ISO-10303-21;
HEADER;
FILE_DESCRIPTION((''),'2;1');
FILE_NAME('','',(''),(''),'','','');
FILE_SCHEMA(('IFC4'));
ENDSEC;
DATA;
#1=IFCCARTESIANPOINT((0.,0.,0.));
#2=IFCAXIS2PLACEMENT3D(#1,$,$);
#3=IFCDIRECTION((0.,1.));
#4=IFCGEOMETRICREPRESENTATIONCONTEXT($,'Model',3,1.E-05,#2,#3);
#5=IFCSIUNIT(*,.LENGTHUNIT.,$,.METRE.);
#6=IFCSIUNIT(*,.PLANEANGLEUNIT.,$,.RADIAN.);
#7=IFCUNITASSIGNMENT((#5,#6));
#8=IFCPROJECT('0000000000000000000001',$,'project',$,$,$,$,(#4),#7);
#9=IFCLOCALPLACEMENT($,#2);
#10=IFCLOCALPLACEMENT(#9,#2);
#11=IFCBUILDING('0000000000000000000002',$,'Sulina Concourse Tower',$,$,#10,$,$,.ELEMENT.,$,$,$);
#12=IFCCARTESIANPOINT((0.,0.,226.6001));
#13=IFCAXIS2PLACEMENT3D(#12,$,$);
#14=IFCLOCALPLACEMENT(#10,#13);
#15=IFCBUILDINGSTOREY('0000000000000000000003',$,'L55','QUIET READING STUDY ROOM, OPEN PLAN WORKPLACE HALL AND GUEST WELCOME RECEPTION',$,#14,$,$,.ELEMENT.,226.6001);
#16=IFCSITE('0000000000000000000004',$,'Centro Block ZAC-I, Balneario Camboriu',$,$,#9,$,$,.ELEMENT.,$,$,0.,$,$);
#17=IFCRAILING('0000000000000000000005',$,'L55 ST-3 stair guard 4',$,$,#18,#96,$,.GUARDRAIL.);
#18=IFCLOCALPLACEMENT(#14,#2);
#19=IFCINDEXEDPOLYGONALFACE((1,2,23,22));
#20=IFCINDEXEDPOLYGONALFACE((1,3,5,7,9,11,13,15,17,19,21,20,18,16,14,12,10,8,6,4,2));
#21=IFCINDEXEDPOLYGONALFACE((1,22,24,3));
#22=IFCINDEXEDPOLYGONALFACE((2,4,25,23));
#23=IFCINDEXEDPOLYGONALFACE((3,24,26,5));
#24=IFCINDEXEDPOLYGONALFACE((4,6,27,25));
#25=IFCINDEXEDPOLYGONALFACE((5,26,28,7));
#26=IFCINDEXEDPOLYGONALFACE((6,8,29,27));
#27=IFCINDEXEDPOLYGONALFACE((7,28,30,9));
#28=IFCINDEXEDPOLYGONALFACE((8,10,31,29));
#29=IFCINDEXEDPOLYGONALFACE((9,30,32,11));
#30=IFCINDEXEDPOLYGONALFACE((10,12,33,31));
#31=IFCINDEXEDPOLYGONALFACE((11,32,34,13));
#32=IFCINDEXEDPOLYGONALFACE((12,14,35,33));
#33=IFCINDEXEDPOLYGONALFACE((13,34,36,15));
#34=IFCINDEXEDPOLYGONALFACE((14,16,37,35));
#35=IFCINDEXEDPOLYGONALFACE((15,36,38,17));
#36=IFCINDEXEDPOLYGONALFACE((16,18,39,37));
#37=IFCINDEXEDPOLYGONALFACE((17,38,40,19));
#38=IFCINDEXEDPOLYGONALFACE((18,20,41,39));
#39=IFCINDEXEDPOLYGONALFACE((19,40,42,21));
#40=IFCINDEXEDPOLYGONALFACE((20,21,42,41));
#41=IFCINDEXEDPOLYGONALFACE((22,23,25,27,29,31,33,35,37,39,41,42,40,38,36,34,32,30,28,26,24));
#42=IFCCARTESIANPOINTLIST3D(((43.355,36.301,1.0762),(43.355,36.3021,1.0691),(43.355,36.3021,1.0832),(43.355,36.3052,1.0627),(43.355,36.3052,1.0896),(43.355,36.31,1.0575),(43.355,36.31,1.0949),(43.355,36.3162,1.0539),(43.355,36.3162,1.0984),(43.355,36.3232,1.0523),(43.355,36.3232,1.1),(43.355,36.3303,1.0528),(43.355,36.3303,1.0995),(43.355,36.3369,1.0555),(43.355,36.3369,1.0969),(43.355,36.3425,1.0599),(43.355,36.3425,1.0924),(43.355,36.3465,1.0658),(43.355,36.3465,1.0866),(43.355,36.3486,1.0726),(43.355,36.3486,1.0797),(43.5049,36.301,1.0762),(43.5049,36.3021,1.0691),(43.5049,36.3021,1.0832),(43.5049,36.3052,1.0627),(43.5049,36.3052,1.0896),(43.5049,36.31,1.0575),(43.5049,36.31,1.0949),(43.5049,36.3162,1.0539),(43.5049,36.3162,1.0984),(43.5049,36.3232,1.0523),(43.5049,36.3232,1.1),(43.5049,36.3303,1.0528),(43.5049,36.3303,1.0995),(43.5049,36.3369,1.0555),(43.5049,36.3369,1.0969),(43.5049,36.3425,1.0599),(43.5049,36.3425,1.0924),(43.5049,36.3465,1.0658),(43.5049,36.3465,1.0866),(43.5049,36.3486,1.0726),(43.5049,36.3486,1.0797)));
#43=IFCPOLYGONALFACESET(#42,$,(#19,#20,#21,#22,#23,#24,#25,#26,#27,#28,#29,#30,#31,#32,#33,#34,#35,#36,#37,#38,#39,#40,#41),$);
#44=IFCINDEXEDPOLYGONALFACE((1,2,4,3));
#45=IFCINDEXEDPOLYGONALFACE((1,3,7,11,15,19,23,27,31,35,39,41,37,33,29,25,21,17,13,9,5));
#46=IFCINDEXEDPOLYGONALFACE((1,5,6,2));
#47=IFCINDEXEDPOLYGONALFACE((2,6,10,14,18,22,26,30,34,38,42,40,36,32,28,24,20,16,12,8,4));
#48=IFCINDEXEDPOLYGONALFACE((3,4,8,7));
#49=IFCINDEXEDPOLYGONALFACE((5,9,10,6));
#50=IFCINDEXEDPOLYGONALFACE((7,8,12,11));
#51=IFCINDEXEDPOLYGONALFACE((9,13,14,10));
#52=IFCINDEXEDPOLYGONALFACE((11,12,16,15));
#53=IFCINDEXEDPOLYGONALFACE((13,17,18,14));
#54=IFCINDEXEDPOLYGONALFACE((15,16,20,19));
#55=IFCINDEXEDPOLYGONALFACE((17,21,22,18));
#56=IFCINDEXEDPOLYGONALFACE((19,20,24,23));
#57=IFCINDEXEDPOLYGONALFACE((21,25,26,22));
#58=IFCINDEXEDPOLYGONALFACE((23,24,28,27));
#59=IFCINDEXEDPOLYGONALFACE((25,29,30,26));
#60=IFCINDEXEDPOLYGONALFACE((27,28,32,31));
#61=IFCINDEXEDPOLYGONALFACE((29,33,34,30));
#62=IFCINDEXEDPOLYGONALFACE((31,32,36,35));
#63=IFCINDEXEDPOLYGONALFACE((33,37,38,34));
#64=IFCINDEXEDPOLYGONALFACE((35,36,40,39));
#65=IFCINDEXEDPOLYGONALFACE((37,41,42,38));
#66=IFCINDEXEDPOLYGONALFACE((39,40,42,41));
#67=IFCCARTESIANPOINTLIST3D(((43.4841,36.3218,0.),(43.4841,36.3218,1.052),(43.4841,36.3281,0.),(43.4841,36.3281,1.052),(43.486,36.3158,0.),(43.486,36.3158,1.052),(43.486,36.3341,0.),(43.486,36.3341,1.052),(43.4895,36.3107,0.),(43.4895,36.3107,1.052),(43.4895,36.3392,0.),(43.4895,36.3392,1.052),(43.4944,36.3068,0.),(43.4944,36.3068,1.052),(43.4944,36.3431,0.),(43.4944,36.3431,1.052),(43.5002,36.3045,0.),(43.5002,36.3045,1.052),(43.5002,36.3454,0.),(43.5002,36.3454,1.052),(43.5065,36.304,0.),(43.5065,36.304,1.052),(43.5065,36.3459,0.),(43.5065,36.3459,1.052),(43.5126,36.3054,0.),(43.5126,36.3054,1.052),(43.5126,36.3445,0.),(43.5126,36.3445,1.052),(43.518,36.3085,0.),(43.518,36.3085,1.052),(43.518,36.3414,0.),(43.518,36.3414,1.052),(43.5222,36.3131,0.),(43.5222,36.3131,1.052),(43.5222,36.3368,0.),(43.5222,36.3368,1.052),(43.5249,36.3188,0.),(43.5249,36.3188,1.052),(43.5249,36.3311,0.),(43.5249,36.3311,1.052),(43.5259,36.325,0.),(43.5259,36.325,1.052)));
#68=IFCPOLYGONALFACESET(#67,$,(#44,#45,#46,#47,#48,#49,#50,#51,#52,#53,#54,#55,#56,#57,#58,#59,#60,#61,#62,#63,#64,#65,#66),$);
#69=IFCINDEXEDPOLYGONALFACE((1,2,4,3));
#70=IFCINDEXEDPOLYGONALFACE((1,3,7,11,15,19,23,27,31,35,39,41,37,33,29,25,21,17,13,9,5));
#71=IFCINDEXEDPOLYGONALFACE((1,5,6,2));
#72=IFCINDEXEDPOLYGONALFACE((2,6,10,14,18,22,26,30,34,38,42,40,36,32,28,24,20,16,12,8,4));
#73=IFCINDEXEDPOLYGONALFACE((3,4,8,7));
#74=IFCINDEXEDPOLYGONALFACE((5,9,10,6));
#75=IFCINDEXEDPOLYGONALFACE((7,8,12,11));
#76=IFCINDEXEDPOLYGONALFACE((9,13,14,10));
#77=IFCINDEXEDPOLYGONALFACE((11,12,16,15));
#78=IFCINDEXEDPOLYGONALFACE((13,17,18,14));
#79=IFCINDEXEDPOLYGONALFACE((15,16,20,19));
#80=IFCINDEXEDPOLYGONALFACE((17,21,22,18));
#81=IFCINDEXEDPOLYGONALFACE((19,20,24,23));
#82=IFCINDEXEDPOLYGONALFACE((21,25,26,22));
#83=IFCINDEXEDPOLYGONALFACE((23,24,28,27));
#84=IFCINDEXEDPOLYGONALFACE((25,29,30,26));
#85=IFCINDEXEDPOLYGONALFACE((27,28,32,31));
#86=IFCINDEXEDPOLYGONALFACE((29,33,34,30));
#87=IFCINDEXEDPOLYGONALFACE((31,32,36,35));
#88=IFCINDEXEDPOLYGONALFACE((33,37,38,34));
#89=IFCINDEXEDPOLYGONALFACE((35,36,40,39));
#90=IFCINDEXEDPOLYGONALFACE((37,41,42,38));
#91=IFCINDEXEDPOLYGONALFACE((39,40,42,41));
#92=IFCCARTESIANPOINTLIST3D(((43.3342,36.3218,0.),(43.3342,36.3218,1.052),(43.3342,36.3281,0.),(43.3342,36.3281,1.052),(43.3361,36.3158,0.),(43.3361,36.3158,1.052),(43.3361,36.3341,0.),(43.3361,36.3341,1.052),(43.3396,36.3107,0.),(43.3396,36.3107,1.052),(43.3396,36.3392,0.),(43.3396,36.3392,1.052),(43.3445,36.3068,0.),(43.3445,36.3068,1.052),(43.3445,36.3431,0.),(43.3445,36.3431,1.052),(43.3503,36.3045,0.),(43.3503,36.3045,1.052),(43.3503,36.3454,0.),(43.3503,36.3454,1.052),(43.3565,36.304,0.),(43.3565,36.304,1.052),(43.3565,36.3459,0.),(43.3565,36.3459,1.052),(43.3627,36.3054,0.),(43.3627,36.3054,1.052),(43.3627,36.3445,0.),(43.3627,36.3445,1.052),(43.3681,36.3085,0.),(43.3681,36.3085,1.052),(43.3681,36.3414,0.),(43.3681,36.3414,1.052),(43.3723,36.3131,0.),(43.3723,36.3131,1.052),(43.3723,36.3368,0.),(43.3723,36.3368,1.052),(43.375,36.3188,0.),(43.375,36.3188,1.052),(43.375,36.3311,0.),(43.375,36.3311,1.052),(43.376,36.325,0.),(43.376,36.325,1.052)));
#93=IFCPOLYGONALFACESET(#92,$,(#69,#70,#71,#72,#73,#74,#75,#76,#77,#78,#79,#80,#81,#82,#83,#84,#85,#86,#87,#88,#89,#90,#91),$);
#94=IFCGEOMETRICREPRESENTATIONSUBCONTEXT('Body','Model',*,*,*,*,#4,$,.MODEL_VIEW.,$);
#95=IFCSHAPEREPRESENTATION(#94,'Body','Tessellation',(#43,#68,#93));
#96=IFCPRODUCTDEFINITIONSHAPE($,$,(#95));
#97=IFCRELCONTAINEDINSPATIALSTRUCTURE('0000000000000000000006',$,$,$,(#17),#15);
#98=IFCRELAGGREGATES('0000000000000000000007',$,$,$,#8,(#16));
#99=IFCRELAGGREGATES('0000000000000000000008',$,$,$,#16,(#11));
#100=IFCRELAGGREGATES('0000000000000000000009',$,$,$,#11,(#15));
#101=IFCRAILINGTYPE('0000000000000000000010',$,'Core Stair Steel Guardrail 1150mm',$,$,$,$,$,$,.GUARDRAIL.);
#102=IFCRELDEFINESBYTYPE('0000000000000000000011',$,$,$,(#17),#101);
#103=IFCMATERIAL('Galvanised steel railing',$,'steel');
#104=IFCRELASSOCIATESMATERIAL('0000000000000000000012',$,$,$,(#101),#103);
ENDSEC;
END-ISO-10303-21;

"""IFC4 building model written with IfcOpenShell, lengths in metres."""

from ifc_helpers import new_model, si_unit, direction, frame, origin, origin_2d, place, context, subcontext, project, spatial, circle, extrude, material, type_object, element, save


model = new_model("IFC4")

# Units and contexts
model_context = context("Model", 3, precision=1e-05, world=origin(), true_north=direction((0.0, 1.0)))
body_context = subcontext(model_context, "Body", "Model", "MODEL_VIEW")
ifc_project = project(units=[si_unit("LENGTHUNIT", "METRE"), si_unit("PLANEANGLEUNIT", "RADIAN")], contexts=[model_context])

# Site, building, storey
site_placement = place(None, origin())
site = spatial("IfcSite", under=ifc_project, at=site_placement, Name="Centro Block ZAC-I, Balneario Camboriu", CompositionType="ELEMENT", RefElevation=0.0)
building_placement = place(site_placement, origin())
building = spatial("IfcBuilding", under=site, at=building_placement, Name="Sulina Concourse Tower", CompositionType="ELEMENT")
storey_placement = place(building_placement, frame((0.0, 0.0, 226.6001)))
storey = spatial("IfcBuildingStorey", under=building, at=storey_placement, Name="L55", Description="QUIET READING STUDY ROOM, OPEN PLAN WORKPLACE HALL AND GUEST WELCOME RECEPTION", CompositionType="ELEMENT", Elevation=226.6001)

# Railing
ifc_material_1 = material(Name="Galvanised steel railing", Category="steel")
railing_type_1 = type_object("IfcRailingType", Name="Core Stair Steel Guardrail 1150mm", PredefinedType="GUARDRAIL", material=ifc_material_1)
railing_1_placement = place(storey_placement, frame((43.5049, 36.325, 0.0)))
element("IfcRailing", 1, at=railing_1_placement, inside=storey, type_object=railing_type_1, Name="L55 ST-3 stair guard 4", PredefinedType="GUARDRAIL", context=body_context, shape_type="SweptSolid", body=[
    extrude(circle(Radius=0.0239, at=origin_2d()), frame((0.0, 0.0, 1.0762), z_axis=(-1.0, 0.0, 0.0), x_axis=(0.0, -1.0, 0.0)), (0.0, 0.0, 1.0), 0.1499),
    extrude(circle(Radius=0.021, at=origin_2d()), origin(), (0.0, 0.0, 1.0), 1.052),
    extrude(circle(Radius=0.021, at=origin_2d()), frame((-0.1499, 0.0, 0.0)), (0.0, 0.0, 1.0), 1.052),
])

save(model, "model.ifc")
